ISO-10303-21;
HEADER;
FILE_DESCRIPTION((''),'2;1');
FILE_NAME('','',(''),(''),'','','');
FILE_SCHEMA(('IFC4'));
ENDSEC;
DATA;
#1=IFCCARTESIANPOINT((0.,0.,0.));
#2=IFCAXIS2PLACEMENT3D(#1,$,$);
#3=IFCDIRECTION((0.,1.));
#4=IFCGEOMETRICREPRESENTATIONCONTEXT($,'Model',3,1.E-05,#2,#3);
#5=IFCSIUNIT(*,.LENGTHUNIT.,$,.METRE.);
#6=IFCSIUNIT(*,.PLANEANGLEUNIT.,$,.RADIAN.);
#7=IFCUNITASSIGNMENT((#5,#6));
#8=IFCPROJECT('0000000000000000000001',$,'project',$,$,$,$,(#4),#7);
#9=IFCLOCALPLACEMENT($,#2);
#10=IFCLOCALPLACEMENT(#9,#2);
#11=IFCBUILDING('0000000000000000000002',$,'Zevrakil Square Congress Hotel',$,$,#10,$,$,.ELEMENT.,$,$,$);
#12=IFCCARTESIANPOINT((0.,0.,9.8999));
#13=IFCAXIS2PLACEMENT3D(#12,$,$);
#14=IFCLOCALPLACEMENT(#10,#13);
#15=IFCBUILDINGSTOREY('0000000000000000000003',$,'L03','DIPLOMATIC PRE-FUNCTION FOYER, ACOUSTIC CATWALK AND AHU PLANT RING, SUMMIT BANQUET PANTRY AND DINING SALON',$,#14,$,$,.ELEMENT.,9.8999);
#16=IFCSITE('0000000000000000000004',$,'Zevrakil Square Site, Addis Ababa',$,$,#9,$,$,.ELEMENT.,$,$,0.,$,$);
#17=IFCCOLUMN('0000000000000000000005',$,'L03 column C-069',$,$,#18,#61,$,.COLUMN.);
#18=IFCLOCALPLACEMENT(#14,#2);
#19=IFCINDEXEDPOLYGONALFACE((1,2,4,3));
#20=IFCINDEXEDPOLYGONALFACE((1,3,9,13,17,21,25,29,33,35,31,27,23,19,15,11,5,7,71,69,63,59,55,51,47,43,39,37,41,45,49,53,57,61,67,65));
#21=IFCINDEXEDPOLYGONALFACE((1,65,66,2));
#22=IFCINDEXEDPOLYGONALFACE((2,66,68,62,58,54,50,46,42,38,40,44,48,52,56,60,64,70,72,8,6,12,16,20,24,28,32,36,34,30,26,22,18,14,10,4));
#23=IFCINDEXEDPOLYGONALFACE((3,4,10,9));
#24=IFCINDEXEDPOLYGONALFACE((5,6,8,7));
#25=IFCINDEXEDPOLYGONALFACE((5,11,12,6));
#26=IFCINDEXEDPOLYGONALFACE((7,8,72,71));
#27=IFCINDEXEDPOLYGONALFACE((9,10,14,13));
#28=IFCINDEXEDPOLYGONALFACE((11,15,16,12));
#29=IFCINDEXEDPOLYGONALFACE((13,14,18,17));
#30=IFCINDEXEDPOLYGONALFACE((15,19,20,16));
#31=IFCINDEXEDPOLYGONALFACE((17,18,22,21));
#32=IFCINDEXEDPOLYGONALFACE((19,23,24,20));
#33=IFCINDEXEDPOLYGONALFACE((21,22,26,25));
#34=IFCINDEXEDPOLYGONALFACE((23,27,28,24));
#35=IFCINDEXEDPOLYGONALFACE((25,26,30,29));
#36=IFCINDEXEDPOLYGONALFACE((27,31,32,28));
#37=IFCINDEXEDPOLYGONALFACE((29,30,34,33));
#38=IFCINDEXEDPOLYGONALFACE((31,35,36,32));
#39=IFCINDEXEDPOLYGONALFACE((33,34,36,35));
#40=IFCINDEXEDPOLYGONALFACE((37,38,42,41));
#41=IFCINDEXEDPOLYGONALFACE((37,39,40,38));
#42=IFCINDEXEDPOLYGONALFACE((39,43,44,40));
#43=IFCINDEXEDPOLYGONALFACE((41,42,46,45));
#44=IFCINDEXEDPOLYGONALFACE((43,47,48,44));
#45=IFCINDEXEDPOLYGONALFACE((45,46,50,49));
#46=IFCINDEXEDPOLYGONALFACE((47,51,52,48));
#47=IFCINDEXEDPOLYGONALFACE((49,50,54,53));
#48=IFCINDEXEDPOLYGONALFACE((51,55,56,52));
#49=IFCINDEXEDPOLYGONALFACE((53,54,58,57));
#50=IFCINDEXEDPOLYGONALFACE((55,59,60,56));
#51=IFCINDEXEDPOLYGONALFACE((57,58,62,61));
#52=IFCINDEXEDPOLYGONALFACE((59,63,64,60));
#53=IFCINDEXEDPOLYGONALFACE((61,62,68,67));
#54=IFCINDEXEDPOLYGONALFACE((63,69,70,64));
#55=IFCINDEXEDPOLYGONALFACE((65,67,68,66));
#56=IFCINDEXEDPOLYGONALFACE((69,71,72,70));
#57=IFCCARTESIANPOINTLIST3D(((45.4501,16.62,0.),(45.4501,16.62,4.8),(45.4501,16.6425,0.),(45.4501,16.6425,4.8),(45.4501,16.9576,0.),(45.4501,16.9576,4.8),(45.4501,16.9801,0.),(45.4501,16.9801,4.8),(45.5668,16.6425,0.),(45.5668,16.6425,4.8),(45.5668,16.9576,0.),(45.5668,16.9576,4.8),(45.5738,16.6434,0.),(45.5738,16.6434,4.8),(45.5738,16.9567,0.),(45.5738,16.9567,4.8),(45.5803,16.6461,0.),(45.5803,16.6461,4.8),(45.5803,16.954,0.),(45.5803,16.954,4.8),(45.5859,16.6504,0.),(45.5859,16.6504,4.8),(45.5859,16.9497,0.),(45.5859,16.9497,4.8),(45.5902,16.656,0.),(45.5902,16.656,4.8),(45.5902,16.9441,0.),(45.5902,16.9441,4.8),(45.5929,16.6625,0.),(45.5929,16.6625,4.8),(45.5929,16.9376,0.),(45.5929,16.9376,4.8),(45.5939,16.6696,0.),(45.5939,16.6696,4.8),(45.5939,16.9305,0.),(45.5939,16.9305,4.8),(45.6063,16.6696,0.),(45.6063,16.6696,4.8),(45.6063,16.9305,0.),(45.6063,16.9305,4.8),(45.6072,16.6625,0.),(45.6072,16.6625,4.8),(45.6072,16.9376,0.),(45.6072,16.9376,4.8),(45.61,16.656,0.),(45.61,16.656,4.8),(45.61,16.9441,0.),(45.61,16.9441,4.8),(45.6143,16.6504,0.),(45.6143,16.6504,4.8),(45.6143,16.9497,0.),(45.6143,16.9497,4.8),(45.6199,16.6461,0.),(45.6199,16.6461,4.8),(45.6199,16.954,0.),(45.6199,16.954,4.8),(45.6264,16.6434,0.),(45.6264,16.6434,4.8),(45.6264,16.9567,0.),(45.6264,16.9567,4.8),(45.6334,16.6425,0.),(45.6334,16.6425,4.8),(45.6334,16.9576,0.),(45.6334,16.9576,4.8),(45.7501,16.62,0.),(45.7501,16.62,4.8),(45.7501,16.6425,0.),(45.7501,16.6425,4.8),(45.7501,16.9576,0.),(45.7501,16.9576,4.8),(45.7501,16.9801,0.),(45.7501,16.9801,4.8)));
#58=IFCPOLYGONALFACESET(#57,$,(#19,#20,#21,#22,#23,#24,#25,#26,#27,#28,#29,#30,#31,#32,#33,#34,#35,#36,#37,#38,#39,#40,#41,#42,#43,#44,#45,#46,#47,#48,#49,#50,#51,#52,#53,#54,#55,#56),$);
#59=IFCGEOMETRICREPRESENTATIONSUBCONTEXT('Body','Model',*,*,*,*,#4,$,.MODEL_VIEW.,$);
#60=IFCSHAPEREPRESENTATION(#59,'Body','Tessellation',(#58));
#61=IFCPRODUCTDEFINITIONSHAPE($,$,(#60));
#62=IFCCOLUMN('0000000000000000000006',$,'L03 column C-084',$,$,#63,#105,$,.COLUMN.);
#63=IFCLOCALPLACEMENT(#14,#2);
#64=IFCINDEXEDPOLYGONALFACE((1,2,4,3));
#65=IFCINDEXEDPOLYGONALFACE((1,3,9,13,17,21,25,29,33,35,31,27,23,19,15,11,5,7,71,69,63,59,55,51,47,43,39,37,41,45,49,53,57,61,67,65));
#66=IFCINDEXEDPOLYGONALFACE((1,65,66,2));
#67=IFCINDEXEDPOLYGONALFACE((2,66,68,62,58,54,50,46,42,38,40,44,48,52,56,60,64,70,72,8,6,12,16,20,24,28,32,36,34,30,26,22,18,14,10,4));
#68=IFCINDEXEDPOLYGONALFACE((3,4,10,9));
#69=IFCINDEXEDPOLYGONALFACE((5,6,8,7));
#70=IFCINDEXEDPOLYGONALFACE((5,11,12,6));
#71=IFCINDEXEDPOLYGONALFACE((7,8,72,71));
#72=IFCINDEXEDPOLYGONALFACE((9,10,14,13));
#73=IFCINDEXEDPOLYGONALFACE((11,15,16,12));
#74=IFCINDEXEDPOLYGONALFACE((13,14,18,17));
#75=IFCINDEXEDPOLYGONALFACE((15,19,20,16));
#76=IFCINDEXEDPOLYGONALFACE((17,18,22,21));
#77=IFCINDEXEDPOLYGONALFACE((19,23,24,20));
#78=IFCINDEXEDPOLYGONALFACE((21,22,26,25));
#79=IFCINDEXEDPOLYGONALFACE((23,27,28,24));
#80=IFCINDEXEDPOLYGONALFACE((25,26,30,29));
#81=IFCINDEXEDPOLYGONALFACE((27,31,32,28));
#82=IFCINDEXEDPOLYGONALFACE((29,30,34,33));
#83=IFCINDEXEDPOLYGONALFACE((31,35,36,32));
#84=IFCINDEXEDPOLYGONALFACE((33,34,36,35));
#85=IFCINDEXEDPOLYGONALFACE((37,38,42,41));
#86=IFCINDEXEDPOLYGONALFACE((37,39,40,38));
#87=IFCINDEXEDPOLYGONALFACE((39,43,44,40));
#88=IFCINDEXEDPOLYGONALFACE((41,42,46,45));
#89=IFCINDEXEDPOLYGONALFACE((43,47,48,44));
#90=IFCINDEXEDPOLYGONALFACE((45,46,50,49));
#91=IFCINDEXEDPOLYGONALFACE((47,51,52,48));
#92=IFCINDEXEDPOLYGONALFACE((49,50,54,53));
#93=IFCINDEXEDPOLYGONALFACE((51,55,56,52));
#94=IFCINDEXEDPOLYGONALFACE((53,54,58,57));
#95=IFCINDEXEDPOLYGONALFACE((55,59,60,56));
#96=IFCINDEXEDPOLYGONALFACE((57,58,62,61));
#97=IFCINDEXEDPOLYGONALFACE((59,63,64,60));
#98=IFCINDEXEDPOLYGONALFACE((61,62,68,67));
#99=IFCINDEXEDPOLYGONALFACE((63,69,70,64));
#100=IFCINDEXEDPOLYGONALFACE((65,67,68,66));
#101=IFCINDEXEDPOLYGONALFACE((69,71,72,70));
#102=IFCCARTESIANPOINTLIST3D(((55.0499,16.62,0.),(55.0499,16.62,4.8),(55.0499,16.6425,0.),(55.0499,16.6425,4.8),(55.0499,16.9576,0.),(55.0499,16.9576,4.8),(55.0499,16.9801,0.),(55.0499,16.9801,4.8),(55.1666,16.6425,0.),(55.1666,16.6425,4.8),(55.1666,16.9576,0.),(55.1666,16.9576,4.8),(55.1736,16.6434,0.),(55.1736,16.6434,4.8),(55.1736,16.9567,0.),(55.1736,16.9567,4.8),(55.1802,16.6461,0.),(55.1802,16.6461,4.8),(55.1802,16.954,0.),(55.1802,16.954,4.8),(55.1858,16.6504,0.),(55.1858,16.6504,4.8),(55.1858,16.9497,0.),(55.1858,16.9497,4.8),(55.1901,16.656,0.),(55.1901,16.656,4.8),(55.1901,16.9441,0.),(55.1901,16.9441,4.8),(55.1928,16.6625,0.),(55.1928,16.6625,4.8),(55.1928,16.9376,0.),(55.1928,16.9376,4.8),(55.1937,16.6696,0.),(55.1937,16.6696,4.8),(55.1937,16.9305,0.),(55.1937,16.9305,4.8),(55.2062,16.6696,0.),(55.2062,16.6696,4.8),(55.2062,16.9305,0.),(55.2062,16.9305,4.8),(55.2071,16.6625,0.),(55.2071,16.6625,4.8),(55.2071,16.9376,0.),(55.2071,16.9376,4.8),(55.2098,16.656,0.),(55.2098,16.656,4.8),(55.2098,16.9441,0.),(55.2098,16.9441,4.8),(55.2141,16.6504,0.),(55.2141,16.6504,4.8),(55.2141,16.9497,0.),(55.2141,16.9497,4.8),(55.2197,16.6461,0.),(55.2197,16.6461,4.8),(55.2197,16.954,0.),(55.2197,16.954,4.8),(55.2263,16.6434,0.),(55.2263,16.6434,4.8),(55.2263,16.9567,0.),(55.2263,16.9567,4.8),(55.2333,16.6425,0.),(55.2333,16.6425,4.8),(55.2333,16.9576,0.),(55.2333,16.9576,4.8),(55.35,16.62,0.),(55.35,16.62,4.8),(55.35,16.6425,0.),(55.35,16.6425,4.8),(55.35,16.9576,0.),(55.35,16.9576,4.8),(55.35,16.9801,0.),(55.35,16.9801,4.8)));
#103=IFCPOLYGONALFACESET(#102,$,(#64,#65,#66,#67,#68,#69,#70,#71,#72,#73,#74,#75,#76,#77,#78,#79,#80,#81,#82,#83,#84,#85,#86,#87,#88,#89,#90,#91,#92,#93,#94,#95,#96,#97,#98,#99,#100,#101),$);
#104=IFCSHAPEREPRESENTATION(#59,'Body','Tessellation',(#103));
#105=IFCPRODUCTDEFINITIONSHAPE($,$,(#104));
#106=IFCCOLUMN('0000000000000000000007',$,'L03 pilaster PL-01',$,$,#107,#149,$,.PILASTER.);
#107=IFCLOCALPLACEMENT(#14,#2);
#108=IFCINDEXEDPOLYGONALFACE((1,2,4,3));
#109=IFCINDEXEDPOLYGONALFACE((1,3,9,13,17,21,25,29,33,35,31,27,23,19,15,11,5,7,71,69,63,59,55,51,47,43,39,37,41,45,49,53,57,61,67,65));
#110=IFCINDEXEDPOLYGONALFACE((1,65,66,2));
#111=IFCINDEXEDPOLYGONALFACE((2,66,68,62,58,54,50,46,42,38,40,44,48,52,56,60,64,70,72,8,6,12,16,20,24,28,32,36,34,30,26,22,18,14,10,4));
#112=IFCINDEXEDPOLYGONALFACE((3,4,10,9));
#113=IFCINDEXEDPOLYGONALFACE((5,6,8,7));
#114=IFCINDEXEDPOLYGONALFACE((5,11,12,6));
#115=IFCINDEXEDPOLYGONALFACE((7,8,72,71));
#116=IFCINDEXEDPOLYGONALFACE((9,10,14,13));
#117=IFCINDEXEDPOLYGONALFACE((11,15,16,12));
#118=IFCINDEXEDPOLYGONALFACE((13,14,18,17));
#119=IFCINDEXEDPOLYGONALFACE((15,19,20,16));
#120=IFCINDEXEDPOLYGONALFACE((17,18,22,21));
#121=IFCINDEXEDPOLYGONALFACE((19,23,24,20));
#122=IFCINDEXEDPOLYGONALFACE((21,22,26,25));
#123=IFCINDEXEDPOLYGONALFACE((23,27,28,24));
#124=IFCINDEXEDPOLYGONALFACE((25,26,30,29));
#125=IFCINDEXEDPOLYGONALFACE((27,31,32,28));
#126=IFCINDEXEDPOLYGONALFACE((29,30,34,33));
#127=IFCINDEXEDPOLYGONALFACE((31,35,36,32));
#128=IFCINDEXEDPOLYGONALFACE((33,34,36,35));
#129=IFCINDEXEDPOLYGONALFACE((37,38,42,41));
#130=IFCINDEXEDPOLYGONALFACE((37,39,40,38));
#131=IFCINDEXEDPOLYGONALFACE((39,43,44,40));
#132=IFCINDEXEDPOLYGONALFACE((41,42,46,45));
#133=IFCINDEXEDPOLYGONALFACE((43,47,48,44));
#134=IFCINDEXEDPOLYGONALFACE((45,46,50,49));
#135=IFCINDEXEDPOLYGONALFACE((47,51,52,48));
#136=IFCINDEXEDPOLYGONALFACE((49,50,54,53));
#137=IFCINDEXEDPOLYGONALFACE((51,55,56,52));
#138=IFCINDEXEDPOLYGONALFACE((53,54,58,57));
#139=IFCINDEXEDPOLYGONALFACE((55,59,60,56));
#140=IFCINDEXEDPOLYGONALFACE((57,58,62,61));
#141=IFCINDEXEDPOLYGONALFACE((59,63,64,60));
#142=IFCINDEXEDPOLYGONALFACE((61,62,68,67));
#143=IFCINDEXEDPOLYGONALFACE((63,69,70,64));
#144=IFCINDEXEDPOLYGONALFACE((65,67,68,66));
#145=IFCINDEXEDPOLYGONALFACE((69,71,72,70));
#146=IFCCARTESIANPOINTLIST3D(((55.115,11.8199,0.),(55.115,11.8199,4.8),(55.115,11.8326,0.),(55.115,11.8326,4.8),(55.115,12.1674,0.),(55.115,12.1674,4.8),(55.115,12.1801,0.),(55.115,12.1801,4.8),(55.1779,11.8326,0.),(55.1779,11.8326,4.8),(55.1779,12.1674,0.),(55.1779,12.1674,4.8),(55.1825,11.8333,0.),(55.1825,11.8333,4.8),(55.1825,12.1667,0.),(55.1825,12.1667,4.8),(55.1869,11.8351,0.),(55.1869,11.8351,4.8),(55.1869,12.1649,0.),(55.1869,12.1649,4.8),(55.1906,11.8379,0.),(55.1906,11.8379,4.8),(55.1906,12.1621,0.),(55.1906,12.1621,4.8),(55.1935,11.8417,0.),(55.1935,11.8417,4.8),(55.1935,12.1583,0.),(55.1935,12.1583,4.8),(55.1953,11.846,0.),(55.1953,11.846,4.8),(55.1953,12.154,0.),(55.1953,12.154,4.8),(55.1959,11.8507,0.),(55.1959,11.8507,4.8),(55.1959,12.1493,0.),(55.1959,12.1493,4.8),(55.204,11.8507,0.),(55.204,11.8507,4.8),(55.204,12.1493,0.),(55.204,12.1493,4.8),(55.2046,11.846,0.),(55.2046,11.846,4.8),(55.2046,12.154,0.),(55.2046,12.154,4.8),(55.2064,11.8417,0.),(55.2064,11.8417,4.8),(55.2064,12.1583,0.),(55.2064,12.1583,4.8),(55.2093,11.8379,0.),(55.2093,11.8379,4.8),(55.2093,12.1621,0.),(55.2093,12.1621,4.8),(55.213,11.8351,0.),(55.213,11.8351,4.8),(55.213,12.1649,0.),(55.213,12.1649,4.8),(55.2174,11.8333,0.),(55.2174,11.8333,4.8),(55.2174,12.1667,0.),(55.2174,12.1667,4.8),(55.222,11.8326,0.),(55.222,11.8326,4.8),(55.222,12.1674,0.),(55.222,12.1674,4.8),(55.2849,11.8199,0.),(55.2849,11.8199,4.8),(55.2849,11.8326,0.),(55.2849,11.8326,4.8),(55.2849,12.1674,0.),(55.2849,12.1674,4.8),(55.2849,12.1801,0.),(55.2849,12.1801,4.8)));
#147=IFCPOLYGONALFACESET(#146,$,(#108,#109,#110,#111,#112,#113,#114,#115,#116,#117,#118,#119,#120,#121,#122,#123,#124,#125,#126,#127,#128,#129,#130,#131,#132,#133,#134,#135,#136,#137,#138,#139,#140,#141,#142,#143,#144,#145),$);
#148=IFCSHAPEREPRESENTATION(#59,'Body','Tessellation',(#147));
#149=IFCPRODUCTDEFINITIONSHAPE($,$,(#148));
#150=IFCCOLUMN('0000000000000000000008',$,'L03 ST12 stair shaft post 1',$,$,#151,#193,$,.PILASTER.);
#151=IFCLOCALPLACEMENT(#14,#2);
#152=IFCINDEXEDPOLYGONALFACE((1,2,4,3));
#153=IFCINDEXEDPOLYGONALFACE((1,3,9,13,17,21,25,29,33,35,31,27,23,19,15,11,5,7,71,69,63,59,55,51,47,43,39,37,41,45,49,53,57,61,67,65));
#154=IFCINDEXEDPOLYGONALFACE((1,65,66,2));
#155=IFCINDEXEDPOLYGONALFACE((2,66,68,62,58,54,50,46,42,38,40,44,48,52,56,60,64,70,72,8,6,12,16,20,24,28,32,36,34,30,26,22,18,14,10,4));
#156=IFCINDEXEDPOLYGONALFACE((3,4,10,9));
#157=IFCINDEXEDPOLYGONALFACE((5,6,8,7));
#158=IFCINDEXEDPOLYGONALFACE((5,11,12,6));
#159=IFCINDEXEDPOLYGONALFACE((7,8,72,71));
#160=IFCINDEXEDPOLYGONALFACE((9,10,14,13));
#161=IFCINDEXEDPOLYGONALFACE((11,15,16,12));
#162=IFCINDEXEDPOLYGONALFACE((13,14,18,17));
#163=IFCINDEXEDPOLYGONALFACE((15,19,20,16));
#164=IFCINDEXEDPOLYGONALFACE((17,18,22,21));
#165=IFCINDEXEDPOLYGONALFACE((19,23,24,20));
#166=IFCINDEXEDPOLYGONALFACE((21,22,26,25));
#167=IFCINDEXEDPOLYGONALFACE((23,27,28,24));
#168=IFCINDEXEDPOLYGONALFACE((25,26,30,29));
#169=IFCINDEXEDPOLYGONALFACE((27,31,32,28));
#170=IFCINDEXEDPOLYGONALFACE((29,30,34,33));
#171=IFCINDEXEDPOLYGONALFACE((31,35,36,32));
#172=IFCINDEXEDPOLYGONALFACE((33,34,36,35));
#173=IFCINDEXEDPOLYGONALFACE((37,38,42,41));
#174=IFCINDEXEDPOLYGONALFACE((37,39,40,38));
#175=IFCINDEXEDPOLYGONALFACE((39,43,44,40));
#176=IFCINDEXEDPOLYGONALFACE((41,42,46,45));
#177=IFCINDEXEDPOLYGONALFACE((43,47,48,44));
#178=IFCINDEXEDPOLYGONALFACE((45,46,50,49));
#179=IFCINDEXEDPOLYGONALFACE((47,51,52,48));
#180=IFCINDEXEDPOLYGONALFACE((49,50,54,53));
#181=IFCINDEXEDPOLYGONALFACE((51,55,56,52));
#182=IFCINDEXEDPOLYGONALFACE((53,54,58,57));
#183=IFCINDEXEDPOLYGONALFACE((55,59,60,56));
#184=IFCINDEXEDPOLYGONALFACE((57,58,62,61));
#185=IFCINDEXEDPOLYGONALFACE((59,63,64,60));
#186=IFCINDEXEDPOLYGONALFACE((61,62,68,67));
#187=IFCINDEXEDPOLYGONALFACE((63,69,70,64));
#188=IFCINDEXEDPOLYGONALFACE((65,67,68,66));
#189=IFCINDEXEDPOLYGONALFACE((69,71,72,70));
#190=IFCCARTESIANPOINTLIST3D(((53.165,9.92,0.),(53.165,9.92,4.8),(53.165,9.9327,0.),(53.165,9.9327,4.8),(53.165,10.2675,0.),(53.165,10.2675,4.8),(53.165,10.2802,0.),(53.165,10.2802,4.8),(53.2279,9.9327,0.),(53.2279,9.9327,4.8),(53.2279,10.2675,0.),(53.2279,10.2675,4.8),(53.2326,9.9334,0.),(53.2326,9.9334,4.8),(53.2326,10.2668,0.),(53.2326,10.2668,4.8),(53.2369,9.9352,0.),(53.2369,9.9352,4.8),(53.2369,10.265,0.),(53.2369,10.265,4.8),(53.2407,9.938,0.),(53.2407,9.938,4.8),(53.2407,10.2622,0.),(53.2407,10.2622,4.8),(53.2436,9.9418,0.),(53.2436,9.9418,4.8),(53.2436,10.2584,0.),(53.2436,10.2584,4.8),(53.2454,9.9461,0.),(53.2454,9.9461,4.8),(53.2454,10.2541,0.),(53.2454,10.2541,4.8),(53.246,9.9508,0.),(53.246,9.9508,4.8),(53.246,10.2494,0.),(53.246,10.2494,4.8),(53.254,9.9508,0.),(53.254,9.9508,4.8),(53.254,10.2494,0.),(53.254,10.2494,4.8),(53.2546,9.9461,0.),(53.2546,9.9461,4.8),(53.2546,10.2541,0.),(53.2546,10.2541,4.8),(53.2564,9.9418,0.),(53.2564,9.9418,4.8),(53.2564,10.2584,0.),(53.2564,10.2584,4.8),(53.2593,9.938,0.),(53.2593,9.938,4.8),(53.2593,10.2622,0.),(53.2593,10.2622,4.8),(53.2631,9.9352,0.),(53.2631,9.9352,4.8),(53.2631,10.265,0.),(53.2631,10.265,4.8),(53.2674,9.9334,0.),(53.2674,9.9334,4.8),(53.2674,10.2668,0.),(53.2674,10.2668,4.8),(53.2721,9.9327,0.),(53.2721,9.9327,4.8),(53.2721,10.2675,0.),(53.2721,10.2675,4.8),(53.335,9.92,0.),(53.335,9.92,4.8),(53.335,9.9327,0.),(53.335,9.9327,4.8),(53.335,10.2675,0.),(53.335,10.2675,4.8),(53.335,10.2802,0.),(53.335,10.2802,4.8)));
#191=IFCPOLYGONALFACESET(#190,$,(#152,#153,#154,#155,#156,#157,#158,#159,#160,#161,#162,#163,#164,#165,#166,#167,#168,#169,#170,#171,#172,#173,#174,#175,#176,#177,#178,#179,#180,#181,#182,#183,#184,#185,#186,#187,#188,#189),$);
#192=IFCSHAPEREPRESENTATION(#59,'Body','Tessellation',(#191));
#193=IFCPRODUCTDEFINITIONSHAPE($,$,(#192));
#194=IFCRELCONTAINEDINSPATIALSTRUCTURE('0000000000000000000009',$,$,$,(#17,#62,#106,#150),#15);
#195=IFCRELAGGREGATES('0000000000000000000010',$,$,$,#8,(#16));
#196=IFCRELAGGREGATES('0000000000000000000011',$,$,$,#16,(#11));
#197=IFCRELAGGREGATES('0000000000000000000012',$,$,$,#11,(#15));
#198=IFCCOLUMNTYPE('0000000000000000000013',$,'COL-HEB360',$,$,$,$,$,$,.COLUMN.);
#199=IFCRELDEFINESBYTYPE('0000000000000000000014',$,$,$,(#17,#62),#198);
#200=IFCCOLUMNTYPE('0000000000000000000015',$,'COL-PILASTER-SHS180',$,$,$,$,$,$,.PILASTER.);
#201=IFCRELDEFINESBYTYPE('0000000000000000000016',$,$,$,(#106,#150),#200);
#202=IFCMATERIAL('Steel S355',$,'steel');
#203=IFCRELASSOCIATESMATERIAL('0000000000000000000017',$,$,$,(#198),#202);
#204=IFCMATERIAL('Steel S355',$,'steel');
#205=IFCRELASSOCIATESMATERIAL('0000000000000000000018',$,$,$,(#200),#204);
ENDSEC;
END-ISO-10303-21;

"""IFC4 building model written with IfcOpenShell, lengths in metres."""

from ifc_helpers import new_model, si_unit, direction, frame, origin, origin_2d, place, context, subcontext, project, spatial, i_section, extrude, material, material_profile, profile_set, type_object, element, save


model = new_model("IFC4")

# Units and contexts
model_context = context("Model", 3, precision=1e-05, world=origin(), true_north=direction((0.0, 1.0)))
body_context = subcontext(model_context, "Body", "Model", "MODEL_VIEW")
ifc_project = project(units=[si_unit("LENGTHUNIT", "METRE"), si_unit("PLANEANGLEUNIT", "RADIAN")], contexts=[model_context])

# Site, building, storey
site_placement = place(None, origin())
site = spatial("IfcSite", under=ifc_project, at=site_placement, Name="Zevrakil Square Site, Addis Ababa", CompositionType="ELEMENT", RefElevation=0.0)
building_placement = place(site_placement, origin())
building = spatial("IfcBuilding", under=site, at=building_placement, Name="Zevrakil Square Congress Hotel", CompositionType="ELEMENT")
storey_placement = place(building_placement, frame((0.0, 0.0, 9.8999)))
storey = spatial("IfcBuildingStorey", under=building, at=storey_placement, Name="L03", Description="DIPLOMATIC PRE-FUNCTION FOYER, ACOUSTIC CATWALK AND AHU PLANT RING, SUMMIT BANQUET PANTRY AND DINING SALON", CompositionType="ELEMENT", Elevation=9.8999)

# Columns
ifc_material_1 = material(Name="Steel S355", Category="steel")
ifc_material_profile_1 = material_profile(ifc_material_1, i_section(OverallWidth=0.3, OverallDepth=0.3601, WebThickness=0.0125, FlangeThickness=0.0225, FilletRadius=0.0271, at=origin_2d()), Name="HEB 360")
ifc_profile_set_1 = profile_set([ifc_material_profile_1], Name="Steel S355")
column_type_1 = type_object("IfcColumnType", Name="COL-HEB360", PredefinedType="COLUMN", material=ifc_profile_set_1)
for number, where, z_axis, x_axis, name in (
    (1, (45.6001, 16.8, 0.0), (0.0, 0.0, 1.0), (1.0, 0.0, 0.0), "L03 column C-069"),
    (2, (55.2, 16.8, 0.0), (0.0, 0.0, 1.0), (1.0, 0.0, 0.0), "L03 column C-084"),
):
    element("IfcColumn", number, at=place(storey_placement, frame(where, z_axis=z_axis, x_axis=x_axis)), inside=storey, type_object=column_type_1, Name=name, PredefinedType="COLUMN", context=body_context, shape_type="SweptSolid", body=[
        extrude(i_section(OverallWidth=0.3, OverallDepth=0.3601, WebThickness=0.0125, FlangeThickness=0.0225, FilletRadius=0.0271, at=origin_2d()), origin(), (0.0, 0.0, 1.0), 4.8),
    ])
ifc_material_2 = material(Name="Steel S355", Category="steel")
ifc_material_profile_2 = material_profile(ifc_material_2, i_section(OverallWidth=0.1699, OverallDepth=0.3601, WebThickness=0.0081, FlangeThickness=0.0127, FilletRadius=0.0181, at=origin_2d()), Name="IPE 360")
ifc_profile_set_2 = profile_set([ifc_material_profile_2], Name="Steel S355")
column_type_2 = type_object("IfcColumnType", Name="COL-PILASTER-SHS180", PredefinedType="PILASTER", material=ifc_profile_set_2)
for number, where, z_axis, x_axis, name in (
    (3, (55.2, 12.0, 0.0), (0.0, 0.0, 1.0), (1.0, 0.0, 0.0), "L03 pilaster PL-01"),
    (4, (53.25, 10.1001, 0.0), (0.0, 0.0, 1.0), (1.0, 0.0, 0.0), "L03 ST12 stair shaft post 1"),
):
    element("IfcColumn", number, at=place(storey_placement, frame(where, z_axis=z_axis, x_axis=x_axis)), inside=storey, type_object=column_type_2, Name=name, PredefinedType="PILASTER", context=body_context, shape_type="SweptSolid", body=[
        extrude(i_section(OverallWidth=0.1699, OverallDepth=0.3601, WebThickness=0.0081, FlangeThickness=0.0127, FilletRadius=0.0181, at=origin_2d()), origin(), (0.0, 0.0, 1.0), 4.8),
    ])

save(model, "model.ifc")
